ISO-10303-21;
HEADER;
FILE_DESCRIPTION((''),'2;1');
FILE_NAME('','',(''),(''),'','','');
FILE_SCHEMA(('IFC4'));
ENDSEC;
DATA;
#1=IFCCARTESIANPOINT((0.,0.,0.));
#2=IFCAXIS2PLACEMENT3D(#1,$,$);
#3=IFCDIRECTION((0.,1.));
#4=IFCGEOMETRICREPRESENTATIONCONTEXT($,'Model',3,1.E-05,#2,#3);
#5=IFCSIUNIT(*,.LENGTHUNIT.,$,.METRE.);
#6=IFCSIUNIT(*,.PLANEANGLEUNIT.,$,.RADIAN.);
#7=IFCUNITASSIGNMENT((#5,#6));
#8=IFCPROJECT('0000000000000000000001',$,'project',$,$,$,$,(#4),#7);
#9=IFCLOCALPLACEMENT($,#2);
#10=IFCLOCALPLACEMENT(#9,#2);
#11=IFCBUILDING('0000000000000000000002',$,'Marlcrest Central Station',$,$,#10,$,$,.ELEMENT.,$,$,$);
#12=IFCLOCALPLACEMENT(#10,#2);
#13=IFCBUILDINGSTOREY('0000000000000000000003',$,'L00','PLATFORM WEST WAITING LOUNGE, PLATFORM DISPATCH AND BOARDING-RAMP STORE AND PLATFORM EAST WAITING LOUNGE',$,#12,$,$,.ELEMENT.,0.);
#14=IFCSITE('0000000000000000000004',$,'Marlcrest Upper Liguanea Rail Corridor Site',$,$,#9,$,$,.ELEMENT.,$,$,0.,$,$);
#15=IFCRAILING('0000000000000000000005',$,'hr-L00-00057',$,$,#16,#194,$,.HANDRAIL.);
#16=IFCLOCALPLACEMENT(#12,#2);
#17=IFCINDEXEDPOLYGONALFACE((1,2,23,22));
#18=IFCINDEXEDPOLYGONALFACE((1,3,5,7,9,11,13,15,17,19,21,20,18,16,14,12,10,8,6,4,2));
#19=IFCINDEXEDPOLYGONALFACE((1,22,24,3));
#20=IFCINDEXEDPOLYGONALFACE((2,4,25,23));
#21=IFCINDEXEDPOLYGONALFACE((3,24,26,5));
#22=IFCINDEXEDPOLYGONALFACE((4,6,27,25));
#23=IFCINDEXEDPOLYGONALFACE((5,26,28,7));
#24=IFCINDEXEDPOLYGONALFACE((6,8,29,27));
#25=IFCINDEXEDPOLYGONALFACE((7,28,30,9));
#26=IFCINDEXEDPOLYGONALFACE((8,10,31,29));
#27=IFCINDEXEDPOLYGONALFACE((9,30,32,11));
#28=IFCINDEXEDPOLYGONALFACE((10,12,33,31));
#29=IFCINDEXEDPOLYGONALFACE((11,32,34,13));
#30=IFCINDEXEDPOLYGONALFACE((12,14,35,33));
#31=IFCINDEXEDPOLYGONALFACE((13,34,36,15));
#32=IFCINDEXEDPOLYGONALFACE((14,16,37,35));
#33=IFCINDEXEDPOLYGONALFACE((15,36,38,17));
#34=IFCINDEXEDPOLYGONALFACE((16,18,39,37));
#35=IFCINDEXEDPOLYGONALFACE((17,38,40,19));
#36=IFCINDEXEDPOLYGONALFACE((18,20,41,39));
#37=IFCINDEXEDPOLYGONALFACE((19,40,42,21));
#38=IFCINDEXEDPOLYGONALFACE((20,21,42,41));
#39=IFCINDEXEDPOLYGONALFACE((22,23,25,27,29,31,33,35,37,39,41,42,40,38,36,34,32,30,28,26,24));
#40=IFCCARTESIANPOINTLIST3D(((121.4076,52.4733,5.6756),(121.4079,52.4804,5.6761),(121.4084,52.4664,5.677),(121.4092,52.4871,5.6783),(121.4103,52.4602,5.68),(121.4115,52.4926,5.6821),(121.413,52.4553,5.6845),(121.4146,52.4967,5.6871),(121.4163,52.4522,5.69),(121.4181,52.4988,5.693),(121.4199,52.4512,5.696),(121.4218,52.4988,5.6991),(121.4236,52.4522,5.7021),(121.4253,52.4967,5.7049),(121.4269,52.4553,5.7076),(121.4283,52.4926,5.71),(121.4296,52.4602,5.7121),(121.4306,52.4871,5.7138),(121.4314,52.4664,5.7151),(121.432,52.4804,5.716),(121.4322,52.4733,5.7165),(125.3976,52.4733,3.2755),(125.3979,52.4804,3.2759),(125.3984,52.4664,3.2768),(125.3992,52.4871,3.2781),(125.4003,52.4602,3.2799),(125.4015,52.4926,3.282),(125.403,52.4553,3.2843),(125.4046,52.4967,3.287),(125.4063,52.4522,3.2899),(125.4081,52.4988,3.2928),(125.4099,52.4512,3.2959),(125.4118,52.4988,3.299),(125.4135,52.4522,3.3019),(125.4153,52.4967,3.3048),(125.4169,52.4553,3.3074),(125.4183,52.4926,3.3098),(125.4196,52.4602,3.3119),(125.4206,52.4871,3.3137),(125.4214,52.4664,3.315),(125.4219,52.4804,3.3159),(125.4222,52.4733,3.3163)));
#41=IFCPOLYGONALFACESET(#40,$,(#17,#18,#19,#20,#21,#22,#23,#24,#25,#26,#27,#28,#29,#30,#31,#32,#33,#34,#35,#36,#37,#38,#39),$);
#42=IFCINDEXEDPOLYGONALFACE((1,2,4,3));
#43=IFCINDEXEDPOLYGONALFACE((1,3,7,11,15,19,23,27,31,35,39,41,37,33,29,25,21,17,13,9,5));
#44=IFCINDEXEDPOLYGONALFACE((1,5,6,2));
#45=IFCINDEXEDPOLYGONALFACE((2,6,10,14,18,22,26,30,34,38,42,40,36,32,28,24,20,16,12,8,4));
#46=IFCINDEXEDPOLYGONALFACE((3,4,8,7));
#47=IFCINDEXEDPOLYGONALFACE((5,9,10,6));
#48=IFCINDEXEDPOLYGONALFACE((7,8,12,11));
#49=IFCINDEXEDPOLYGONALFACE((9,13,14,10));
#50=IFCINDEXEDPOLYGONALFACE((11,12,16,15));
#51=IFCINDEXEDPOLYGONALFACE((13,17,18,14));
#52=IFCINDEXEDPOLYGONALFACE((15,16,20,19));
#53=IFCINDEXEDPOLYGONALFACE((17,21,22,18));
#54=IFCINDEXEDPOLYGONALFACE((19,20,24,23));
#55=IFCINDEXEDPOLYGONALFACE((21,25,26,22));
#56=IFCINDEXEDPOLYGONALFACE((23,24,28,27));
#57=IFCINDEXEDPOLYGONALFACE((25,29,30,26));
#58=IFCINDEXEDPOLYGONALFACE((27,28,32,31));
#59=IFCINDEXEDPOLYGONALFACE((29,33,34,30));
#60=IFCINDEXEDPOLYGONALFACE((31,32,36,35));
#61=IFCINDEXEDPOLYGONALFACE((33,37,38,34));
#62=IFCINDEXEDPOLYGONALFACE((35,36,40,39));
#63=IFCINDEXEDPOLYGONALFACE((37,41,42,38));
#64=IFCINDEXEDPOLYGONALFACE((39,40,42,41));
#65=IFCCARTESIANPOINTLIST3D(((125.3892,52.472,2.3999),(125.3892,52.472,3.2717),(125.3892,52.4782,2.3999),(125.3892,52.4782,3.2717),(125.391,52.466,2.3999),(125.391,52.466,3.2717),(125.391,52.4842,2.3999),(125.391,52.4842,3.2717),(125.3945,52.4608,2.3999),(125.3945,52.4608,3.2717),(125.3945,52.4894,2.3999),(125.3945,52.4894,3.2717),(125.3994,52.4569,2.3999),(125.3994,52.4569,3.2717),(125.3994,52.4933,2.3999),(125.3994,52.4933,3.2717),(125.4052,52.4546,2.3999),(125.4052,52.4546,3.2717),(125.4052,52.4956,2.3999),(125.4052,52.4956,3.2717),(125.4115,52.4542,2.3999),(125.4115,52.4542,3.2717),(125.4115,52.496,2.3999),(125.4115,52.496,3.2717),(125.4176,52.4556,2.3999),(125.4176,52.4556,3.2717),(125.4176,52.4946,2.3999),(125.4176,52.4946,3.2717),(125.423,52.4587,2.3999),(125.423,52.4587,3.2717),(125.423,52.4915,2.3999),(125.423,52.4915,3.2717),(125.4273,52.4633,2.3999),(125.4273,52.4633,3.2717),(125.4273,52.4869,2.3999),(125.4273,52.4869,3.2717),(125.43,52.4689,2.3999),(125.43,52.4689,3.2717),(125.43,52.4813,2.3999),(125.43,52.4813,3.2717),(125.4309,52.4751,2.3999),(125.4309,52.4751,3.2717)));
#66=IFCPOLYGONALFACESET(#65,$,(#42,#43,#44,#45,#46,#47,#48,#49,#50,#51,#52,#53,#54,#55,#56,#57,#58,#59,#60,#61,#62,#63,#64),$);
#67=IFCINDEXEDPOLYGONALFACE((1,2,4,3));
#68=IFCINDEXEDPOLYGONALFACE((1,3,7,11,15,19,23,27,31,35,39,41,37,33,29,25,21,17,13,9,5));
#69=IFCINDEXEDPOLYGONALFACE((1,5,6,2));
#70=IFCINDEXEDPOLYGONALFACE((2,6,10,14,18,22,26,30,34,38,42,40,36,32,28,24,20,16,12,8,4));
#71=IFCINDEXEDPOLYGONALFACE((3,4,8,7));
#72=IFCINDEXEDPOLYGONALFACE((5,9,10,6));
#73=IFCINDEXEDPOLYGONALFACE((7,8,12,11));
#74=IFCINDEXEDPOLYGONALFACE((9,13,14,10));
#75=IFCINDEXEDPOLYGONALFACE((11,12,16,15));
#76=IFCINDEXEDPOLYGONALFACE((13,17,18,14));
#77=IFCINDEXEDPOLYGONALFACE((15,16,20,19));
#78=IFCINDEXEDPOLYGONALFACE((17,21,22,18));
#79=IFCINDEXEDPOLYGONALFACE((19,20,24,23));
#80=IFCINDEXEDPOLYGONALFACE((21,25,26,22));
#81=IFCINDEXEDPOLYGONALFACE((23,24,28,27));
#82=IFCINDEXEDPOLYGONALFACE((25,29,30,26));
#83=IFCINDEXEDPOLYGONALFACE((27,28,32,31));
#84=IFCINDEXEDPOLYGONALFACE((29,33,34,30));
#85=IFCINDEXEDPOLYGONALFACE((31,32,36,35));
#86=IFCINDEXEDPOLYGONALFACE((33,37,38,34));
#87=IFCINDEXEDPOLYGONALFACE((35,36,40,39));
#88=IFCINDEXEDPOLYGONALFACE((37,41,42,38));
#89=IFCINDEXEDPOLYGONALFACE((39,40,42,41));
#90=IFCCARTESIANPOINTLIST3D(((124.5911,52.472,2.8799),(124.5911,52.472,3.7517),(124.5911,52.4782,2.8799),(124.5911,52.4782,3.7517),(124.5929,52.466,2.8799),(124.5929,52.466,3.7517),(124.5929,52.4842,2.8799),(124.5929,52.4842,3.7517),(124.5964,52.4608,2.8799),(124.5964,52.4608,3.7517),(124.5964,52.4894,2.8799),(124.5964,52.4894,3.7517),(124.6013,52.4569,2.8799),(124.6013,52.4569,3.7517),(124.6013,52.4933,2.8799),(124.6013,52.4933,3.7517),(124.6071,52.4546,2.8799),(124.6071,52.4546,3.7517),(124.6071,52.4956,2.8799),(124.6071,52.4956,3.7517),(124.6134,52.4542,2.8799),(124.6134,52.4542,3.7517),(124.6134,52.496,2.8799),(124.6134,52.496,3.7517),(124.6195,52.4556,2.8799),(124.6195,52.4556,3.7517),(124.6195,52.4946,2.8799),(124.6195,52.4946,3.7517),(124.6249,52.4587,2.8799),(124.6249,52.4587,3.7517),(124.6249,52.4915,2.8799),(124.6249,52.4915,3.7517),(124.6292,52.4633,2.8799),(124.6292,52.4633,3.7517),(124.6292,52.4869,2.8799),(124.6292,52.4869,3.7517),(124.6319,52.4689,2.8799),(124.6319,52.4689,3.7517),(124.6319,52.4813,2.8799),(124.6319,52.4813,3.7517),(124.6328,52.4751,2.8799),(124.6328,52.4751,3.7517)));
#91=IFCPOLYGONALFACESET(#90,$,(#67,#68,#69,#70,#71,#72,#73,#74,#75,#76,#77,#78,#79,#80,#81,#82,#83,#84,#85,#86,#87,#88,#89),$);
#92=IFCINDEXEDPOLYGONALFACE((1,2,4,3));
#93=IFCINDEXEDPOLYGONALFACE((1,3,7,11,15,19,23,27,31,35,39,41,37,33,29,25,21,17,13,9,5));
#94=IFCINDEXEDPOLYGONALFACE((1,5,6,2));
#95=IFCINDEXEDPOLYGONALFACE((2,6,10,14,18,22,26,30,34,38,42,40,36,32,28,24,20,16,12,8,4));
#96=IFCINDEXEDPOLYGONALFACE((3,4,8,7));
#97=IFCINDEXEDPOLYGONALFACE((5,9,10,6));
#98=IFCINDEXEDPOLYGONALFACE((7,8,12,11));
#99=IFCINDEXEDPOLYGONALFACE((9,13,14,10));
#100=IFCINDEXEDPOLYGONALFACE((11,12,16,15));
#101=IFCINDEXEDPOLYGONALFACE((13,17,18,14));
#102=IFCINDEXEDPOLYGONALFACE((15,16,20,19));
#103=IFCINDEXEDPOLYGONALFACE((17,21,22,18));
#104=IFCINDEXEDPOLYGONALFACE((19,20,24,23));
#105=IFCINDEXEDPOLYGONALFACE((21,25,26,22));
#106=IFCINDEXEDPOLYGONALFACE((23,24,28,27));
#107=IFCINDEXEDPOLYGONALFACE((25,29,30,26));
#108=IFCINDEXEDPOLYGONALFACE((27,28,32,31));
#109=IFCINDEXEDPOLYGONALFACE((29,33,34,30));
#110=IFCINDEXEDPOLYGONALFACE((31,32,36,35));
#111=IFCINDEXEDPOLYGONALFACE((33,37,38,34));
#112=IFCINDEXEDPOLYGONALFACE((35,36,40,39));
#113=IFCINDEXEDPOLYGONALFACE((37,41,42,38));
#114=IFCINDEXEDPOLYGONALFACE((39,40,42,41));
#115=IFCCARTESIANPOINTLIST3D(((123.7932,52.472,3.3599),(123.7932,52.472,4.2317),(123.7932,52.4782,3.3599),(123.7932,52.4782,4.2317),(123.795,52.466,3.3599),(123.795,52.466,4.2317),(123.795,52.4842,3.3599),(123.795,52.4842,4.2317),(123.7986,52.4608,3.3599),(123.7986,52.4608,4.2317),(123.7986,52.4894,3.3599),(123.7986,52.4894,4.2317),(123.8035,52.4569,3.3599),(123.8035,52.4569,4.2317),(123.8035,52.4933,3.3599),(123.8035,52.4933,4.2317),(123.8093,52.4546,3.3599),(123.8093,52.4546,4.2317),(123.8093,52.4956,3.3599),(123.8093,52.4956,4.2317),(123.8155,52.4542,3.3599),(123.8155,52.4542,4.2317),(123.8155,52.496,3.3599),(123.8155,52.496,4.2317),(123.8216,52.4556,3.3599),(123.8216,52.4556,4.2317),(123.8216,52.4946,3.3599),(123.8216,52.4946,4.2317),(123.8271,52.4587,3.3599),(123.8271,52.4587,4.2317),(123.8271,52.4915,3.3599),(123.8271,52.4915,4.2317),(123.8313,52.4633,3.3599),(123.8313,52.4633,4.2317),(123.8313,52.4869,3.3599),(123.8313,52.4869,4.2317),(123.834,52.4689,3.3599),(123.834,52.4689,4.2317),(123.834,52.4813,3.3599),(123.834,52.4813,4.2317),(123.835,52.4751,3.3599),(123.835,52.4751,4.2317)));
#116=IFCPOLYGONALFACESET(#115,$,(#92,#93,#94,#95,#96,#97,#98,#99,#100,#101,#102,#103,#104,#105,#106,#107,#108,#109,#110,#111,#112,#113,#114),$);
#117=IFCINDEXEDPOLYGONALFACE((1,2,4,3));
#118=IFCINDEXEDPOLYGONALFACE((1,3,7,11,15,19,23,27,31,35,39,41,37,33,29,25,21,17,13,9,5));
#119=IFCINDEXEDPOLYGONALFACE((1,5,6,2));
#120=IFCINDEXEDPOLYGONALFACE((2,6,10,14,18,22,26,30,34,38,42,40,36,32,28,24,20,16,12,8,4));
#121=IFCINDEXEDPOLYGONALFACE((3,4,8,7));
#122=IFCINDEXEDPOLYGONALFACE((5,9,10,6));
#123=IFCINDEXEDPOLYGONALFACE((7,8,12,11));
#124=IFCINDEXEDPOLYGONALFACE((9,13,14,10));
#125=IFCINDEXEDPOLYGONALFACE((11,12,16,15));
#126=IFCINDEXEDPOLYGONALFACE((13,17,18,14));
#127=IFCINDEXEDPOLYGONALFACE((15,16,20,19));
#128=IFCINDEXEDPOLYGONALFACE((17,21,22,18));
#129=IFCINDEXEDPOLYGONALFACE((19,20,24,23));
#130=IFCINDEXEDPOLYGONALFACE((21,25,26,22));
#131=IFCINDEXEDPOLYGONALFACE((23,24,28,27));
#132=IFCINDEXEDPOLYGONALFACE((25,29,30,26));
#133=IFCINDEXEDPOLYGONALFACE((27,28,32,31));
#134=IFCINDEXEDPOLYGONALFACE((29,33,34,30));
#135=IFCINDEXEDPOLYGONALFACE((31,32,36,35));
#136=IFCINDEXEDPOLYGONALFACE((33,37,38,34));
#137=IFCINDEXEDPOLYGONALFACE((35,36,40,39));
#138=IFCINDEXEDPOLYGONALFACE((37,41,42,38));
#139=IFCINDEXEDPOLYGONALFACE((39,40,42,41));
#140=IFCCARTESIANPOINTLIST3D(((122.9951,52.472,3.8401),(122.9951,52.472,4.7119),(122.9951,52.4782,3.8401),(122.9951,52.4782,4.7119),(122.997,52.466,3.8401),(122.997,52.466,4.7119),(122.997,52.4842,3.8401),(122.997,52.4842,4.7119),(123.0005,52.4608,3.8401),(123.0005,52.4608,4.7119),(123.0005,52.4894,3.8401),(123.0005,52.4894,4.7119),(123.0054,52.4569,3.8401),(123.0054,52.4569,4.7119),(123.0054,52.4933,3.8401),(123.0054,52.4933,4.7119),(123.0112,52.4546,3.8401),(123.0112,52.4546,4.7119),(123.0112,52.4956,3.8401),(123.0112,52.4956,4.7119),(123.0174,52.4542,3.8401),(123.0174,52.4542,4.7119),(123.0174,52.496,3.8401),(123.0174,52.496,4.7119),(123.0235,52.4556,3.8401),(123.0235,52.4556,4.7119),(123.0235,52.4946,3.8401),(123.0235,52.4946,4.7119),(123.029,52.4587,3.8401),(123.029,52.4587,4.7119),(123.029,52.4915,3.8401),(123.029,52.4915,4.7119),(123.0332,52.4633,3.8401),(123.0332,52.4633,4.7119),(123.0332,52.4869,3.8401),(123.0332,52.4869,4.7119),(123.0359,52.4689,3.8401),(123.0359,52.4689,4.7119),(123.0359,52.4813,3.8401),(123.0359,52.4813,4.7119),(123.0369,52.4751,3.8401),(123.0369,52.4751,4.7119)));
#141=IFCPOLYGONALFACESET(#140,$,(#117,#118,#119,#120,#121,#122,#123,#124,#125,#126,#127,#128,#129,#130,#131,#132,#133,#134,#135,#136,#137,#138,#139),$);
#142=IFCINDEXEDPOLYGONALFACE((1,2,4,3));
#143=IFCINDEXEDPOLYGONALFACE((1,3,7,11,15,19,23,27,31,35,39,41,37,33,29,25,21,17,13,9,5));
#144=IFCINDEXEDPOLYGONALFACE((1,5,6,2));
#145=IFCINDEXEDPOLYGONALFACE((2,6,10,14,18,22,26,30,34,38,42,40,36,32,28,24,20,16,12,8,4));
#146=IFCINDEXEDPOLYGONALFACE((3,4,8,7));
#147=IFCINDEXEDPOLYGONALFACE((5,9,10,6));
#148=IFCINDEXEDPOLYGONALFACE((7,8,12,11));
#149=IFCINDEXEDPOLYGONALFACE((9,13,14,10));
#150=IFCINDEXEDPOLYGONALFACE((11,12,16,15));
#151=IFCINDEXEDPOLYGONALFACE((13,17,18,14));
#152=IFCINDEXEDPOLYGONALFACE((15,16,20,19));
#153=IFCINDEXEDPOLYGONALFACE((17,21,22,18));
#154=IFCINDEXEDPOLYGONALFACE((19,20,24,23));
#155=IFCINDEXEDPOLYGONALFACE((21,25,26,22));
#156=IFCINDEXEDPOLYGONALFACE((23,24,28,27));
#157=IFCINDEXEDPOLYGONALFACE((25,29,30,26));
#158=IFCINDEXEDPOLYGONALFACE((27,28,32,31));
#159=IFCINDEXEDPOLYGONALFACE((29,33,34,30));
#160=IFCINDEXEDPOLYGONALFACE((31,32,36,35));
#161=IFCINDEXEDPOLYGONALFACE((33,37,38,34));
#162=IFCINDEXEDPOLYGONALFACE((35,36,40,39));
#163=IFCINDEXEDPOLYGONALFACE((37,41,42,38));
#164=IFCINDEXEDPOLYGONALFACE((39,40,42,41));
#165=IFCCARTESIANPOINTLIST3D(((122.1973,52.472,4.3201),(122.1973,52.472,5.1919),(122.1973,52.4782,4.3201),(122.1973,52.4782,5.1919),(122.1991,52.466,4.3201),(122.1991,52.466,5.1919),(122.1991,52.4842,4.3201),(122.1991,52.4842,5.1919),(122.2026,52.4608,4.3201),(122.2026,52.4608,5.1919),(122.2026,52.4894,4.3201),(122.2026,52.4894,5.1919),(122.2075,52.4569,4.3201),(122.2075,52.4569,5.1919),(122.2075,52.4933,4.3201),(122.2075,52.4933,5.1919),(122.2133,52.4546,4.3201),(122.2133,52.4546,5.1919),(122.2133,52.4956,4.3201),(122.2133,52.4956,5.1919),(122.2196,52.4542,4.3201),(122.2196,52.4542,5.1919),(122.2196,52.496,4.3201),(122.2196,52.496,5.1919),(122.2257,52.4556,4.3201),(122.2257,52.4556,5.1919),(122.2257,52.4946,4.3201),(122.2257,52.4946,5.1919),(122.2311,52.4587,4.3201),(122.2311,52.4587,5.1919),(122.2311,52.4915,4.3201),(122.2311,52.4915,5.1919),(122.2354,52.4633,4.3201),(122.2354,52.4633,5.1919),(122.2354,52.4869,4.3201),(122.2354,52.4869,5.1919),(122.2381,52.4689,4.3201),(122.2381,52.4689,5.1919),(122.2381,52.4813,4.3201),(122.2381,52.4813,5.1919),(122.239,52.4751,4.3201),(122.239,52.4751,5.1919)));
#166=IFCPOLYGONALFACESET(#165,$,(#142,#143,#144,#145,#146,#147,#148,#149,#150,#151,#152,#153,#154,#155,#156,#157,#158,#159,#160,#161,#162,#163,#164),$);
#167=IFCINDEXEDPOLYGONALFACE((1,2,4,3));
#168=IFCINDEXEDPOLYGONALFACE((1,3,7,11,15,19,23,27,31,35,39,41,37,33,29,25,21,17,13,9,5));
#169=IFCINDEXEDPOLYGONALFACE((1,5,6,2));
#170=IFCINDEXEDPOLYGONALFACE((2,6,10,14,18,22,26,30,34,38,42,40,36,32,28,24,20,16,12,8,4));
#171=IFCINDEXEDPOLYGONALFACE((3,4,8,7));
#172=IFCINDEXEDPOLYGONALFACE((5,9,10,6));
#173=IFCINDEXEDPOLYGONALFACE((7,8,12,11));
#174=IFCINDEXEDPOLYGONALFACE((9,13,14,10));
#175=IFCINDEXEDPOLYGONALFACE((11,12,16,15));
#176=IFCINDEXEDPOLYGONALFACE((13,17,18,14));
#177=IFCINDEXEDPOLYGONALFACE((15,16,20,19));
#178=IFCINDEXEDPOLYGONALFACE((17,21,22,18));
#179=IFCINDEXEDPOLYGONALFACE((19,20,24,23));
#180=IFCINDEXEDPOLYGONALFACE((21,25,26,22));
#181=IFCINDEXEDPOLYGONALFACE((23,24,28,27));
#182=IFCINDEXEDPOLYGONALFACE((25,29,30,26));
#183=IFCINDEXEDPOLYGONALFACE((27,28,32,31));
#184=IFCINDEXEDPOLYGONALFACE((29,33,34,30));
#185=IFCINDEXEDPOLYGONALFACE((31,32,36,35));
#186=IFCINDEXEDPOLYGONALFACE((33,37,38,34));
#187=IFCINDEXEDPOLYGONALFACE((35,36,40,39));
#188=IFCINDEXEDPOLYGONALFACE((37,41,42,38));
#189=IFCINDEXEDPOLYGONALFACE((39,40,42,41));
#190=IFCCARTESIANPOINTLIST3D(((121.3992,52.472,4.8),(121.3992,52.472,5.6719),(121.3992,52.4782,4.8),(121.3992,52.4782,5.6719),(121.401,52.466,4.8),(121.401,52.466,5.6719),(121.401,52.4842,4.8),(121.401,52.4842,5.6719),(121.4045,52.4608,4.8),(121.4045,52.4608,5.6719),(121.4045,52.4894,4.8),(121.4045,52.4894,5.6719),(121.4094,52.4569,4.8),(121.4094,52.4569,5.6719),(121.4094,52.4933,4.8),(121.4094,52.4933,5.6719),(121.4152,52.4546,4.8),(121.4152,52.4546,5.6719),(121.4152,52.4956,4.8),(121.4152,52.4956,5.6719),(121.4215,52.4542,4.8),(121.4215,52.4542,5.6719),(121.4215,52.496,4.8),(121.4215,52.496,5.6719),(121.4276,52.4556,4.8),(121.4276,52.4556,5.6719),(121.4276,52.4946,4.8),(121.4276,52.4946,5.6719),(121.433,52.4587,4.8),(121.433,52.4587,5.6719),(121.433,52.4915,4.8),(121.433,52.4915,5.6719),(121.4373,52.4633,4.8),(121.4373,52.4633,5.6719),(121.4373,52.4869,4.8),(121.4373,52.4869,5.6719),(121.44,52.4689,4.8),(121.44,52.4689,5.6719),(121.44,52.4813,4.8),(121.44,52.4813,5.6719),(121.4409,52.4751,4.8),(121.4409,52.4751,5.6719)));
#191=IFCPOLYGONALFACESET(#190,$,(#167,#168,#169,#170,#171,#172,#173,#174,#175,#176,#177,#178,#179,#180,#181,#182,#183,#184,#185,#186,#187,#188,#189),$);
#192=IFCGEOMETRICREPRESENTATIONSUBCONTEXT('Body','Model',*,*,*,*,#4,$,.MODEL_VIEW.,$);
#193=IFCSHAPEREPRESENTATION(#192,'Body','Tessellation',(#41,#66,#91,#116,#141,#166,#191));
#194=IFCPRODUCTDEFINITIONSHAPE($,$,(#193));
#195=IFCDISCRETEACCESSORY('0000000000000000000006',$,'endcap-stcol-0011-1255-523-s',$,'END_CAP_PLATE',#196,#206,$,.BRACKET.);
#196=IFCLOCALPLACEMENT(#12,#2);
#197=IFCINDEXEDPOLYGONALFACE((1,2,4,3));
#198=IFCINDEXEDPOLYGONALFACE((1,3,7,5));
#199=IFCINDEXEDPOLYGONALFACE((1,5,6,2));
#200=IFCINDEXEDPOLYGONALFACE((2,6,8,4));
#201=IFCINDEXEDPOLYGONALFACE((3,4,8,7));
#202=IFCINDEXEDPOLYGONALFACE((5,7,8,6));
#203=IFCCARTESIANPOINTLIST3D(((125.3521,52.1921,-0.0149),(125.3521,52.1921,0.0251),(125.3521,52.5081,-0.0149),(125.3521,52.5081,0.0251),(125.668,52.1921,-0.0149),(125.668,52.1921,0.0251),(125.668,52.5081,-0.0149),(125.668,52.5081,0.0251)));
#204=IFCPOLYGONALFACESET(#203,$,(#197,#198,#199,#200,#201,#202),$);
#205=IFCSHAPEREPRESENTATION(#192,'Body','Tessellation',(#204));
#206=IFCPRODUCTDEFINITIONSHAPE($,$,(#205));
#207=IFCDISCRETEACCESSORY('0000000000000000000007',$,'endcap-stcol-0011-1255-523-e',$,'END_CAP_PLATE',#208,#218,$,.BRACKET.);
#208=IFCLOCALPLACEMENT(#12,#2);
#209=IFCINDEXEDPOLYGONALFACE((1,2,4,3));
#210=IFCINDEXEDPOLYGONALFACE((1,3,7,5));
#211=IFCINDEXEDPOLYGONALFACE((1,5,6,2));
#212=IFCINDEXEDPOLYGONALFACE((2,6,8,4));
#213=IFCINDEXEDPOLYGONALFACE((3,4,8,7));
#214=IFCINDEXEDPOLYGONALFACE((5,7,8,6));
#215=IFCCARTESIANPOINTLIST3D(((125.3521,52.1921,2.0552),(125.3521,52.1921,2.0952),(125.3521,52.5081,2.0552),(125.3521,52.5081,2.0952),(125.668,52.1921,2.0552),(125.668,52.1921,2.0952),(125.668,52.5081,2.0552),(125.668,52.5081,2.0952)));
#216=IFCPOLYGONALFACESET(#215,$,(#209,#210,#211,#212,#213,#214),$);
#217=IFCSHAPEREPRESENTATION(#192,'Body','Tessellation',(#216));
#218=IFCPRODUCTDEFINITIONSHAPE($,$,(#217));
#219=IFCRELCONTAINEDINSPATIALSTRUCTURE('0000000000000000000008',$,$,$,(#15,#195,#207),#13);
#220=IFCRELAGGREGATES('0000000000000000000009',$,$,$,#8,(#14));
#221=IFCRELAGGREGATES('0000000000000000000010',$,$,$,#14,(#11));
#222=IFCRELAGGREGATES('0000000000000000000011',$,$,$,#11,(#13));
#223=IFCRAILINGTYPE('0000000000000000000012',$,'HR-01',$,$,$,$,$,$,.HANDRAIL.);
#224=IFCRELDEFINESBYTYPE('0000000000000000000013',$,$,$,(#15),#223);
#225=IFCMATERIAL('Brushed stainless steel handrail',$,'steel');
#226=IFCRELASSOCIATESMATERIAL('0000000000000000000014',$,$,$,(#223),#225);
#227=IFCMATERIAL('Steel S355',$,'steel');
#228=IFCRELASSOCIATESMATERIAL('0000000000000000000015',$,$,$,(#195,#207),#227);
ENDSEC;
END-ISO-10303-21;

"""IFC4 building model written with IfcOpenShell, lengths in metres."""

from ifc_helpers import new_model, si_unit, direction, frame, origin, origin_2d, place, context, subcontext, project, spatial, rectangle, circle, extrude, material, type_object, element, save


model = new_model("IFC4")

# Units and contexts
model_context = context("Model", 3, precision=1e-05, world=origin(), true_north=direction((0.0, 1.0)))
body_context = subcontext(model_context, "Body", "Model", "MODEL_VIEW")
ifc_project = project(units=[si_unit("LENGTHUNIT", "METRE"), si_unit("PLANEANGLEUNIT", "RADIAN")], contexts=[model_context])

# Site, building, storey
site_placement = place(None, origin())
site = spatial("IfcSite", under=ifc_project, at=site_placement, Name="Marlcrest Upper Liguanea Rail Corridor Site", CompositionType="ELEMENT", RefElevation=0.0)
building_placement = place(site_placement, origin())
building = spatial("IfcBuilding", under=site, at=building_placement, Name="Marlcrest Central Station", CompositionType="ELEMENT")
storey_placement = place(building_placement, origin())
storey = spatial("IfcBuildingStorey", under=building, at=storey_placement, Name="L00", Description="PLATFORM WEST WAITING LOUNGE, PLATFORM DISPATCH AND BOARDING-RAMP STORE AND PLATFORM EAST WAITING LOUNGE", CompositionType="ELEMENT", Elevation=0.0)

# Shared definitions
ifc_material_1 = material(Name="Steel S355", Category="steel")

# Railing
ifc_material_2 = material(Name="Brushed stainless steel handrail", Category="steel")
railing_type_1 = type_object("IfcRailingType", Name="HR-01", PredefinedType="HANDRAIL", material=ifc_material_2)
for number, where, name in (
    (1, (125.4099, 52.4751, 2.3999), "hr-L00-00057"),
):
    element("IfcRailing", number, at=place(storey_placement, frame(where)), inside=storey, type_object=railing_type_1, Name=name, PredefinedType="HANDRAIL", context=body_context, shape_type="SweptSolid", body=[
        extrude(circle(Radius=0.0239, at=origin_2d()), frame((0.0, 0.0, 0.896), z_axis=(-0.856909, 0.0, 0.515467), x_axis=(0.0, -1.0, 0.0)), (0.0, 0.0, 1.0), 4.6562),
        extrude(circle(Radius=0.021, at=origin_2d()), origin(), (0.0, 0.0, 1.0), 0.8718),
        extrude(circle(Radius=0.021, at=origin_2d()), frame((-0.7981, 0.0, 0.48)), (0.0, 0.0, 1.0), 0.8718),
        extrude(circle(Radius=0.021, at=origin_2d()), frame((-1.5959, 0.0, 0.96)), (0.0, 0.0, 1.0), 0.8718),
        extrude(circle(Radius=0.021, at=origin_2d()), frame((-2.394, 0.0, 1.4402)), (0.0, 0.0, 1.0), 0.8718),
        extrude(circle(Radius=0.021, at=origin_2d()), frame((-3.1919, 0.0, 1.9202)), (0.0, 0.0, 1.0), 0.8718),
        extrude(circle(Radius=0.021, at=origin_2d()), frame((-3.99, 0.0, 2.4001)), (0.0, 0.0, 1.0), 0.8718),
    ])

# Discrete accessories
for number, where, z_axis, x_axis, name in (
    (2, (125.51, 52.3501, -0.0149), (0.0, 0.0, 1.0), (1.0, 0.0, 0.0), "endcap-stcol-0011-1255-523-s"),
    (3, (125.51, 52.3501, 2.0552), (0.0, 0.0, 1.0), (1.0, 0.0, 0.0), "endcap-stcol-0011-1255-523-e"),
):
    element("IfcDiscreteAccessory", number, at=place(storey_placement, frame(where, z_axis=z_axis, x_axis=x_axis)), inside=storey, material=ifc_material_1, Name=name, ObjectType="END_CAP_PLATE", PredefinedType="BRACKET", context=body_context, shape_type="SweptSolid", body=[
        extrude(rectangle(XDim=0.3159, YDim=0.3159, at=origin_2d()), origin(), (0.0, 0.0, 1.0), 0.04),
    ])

save(model, "model.ifc")
